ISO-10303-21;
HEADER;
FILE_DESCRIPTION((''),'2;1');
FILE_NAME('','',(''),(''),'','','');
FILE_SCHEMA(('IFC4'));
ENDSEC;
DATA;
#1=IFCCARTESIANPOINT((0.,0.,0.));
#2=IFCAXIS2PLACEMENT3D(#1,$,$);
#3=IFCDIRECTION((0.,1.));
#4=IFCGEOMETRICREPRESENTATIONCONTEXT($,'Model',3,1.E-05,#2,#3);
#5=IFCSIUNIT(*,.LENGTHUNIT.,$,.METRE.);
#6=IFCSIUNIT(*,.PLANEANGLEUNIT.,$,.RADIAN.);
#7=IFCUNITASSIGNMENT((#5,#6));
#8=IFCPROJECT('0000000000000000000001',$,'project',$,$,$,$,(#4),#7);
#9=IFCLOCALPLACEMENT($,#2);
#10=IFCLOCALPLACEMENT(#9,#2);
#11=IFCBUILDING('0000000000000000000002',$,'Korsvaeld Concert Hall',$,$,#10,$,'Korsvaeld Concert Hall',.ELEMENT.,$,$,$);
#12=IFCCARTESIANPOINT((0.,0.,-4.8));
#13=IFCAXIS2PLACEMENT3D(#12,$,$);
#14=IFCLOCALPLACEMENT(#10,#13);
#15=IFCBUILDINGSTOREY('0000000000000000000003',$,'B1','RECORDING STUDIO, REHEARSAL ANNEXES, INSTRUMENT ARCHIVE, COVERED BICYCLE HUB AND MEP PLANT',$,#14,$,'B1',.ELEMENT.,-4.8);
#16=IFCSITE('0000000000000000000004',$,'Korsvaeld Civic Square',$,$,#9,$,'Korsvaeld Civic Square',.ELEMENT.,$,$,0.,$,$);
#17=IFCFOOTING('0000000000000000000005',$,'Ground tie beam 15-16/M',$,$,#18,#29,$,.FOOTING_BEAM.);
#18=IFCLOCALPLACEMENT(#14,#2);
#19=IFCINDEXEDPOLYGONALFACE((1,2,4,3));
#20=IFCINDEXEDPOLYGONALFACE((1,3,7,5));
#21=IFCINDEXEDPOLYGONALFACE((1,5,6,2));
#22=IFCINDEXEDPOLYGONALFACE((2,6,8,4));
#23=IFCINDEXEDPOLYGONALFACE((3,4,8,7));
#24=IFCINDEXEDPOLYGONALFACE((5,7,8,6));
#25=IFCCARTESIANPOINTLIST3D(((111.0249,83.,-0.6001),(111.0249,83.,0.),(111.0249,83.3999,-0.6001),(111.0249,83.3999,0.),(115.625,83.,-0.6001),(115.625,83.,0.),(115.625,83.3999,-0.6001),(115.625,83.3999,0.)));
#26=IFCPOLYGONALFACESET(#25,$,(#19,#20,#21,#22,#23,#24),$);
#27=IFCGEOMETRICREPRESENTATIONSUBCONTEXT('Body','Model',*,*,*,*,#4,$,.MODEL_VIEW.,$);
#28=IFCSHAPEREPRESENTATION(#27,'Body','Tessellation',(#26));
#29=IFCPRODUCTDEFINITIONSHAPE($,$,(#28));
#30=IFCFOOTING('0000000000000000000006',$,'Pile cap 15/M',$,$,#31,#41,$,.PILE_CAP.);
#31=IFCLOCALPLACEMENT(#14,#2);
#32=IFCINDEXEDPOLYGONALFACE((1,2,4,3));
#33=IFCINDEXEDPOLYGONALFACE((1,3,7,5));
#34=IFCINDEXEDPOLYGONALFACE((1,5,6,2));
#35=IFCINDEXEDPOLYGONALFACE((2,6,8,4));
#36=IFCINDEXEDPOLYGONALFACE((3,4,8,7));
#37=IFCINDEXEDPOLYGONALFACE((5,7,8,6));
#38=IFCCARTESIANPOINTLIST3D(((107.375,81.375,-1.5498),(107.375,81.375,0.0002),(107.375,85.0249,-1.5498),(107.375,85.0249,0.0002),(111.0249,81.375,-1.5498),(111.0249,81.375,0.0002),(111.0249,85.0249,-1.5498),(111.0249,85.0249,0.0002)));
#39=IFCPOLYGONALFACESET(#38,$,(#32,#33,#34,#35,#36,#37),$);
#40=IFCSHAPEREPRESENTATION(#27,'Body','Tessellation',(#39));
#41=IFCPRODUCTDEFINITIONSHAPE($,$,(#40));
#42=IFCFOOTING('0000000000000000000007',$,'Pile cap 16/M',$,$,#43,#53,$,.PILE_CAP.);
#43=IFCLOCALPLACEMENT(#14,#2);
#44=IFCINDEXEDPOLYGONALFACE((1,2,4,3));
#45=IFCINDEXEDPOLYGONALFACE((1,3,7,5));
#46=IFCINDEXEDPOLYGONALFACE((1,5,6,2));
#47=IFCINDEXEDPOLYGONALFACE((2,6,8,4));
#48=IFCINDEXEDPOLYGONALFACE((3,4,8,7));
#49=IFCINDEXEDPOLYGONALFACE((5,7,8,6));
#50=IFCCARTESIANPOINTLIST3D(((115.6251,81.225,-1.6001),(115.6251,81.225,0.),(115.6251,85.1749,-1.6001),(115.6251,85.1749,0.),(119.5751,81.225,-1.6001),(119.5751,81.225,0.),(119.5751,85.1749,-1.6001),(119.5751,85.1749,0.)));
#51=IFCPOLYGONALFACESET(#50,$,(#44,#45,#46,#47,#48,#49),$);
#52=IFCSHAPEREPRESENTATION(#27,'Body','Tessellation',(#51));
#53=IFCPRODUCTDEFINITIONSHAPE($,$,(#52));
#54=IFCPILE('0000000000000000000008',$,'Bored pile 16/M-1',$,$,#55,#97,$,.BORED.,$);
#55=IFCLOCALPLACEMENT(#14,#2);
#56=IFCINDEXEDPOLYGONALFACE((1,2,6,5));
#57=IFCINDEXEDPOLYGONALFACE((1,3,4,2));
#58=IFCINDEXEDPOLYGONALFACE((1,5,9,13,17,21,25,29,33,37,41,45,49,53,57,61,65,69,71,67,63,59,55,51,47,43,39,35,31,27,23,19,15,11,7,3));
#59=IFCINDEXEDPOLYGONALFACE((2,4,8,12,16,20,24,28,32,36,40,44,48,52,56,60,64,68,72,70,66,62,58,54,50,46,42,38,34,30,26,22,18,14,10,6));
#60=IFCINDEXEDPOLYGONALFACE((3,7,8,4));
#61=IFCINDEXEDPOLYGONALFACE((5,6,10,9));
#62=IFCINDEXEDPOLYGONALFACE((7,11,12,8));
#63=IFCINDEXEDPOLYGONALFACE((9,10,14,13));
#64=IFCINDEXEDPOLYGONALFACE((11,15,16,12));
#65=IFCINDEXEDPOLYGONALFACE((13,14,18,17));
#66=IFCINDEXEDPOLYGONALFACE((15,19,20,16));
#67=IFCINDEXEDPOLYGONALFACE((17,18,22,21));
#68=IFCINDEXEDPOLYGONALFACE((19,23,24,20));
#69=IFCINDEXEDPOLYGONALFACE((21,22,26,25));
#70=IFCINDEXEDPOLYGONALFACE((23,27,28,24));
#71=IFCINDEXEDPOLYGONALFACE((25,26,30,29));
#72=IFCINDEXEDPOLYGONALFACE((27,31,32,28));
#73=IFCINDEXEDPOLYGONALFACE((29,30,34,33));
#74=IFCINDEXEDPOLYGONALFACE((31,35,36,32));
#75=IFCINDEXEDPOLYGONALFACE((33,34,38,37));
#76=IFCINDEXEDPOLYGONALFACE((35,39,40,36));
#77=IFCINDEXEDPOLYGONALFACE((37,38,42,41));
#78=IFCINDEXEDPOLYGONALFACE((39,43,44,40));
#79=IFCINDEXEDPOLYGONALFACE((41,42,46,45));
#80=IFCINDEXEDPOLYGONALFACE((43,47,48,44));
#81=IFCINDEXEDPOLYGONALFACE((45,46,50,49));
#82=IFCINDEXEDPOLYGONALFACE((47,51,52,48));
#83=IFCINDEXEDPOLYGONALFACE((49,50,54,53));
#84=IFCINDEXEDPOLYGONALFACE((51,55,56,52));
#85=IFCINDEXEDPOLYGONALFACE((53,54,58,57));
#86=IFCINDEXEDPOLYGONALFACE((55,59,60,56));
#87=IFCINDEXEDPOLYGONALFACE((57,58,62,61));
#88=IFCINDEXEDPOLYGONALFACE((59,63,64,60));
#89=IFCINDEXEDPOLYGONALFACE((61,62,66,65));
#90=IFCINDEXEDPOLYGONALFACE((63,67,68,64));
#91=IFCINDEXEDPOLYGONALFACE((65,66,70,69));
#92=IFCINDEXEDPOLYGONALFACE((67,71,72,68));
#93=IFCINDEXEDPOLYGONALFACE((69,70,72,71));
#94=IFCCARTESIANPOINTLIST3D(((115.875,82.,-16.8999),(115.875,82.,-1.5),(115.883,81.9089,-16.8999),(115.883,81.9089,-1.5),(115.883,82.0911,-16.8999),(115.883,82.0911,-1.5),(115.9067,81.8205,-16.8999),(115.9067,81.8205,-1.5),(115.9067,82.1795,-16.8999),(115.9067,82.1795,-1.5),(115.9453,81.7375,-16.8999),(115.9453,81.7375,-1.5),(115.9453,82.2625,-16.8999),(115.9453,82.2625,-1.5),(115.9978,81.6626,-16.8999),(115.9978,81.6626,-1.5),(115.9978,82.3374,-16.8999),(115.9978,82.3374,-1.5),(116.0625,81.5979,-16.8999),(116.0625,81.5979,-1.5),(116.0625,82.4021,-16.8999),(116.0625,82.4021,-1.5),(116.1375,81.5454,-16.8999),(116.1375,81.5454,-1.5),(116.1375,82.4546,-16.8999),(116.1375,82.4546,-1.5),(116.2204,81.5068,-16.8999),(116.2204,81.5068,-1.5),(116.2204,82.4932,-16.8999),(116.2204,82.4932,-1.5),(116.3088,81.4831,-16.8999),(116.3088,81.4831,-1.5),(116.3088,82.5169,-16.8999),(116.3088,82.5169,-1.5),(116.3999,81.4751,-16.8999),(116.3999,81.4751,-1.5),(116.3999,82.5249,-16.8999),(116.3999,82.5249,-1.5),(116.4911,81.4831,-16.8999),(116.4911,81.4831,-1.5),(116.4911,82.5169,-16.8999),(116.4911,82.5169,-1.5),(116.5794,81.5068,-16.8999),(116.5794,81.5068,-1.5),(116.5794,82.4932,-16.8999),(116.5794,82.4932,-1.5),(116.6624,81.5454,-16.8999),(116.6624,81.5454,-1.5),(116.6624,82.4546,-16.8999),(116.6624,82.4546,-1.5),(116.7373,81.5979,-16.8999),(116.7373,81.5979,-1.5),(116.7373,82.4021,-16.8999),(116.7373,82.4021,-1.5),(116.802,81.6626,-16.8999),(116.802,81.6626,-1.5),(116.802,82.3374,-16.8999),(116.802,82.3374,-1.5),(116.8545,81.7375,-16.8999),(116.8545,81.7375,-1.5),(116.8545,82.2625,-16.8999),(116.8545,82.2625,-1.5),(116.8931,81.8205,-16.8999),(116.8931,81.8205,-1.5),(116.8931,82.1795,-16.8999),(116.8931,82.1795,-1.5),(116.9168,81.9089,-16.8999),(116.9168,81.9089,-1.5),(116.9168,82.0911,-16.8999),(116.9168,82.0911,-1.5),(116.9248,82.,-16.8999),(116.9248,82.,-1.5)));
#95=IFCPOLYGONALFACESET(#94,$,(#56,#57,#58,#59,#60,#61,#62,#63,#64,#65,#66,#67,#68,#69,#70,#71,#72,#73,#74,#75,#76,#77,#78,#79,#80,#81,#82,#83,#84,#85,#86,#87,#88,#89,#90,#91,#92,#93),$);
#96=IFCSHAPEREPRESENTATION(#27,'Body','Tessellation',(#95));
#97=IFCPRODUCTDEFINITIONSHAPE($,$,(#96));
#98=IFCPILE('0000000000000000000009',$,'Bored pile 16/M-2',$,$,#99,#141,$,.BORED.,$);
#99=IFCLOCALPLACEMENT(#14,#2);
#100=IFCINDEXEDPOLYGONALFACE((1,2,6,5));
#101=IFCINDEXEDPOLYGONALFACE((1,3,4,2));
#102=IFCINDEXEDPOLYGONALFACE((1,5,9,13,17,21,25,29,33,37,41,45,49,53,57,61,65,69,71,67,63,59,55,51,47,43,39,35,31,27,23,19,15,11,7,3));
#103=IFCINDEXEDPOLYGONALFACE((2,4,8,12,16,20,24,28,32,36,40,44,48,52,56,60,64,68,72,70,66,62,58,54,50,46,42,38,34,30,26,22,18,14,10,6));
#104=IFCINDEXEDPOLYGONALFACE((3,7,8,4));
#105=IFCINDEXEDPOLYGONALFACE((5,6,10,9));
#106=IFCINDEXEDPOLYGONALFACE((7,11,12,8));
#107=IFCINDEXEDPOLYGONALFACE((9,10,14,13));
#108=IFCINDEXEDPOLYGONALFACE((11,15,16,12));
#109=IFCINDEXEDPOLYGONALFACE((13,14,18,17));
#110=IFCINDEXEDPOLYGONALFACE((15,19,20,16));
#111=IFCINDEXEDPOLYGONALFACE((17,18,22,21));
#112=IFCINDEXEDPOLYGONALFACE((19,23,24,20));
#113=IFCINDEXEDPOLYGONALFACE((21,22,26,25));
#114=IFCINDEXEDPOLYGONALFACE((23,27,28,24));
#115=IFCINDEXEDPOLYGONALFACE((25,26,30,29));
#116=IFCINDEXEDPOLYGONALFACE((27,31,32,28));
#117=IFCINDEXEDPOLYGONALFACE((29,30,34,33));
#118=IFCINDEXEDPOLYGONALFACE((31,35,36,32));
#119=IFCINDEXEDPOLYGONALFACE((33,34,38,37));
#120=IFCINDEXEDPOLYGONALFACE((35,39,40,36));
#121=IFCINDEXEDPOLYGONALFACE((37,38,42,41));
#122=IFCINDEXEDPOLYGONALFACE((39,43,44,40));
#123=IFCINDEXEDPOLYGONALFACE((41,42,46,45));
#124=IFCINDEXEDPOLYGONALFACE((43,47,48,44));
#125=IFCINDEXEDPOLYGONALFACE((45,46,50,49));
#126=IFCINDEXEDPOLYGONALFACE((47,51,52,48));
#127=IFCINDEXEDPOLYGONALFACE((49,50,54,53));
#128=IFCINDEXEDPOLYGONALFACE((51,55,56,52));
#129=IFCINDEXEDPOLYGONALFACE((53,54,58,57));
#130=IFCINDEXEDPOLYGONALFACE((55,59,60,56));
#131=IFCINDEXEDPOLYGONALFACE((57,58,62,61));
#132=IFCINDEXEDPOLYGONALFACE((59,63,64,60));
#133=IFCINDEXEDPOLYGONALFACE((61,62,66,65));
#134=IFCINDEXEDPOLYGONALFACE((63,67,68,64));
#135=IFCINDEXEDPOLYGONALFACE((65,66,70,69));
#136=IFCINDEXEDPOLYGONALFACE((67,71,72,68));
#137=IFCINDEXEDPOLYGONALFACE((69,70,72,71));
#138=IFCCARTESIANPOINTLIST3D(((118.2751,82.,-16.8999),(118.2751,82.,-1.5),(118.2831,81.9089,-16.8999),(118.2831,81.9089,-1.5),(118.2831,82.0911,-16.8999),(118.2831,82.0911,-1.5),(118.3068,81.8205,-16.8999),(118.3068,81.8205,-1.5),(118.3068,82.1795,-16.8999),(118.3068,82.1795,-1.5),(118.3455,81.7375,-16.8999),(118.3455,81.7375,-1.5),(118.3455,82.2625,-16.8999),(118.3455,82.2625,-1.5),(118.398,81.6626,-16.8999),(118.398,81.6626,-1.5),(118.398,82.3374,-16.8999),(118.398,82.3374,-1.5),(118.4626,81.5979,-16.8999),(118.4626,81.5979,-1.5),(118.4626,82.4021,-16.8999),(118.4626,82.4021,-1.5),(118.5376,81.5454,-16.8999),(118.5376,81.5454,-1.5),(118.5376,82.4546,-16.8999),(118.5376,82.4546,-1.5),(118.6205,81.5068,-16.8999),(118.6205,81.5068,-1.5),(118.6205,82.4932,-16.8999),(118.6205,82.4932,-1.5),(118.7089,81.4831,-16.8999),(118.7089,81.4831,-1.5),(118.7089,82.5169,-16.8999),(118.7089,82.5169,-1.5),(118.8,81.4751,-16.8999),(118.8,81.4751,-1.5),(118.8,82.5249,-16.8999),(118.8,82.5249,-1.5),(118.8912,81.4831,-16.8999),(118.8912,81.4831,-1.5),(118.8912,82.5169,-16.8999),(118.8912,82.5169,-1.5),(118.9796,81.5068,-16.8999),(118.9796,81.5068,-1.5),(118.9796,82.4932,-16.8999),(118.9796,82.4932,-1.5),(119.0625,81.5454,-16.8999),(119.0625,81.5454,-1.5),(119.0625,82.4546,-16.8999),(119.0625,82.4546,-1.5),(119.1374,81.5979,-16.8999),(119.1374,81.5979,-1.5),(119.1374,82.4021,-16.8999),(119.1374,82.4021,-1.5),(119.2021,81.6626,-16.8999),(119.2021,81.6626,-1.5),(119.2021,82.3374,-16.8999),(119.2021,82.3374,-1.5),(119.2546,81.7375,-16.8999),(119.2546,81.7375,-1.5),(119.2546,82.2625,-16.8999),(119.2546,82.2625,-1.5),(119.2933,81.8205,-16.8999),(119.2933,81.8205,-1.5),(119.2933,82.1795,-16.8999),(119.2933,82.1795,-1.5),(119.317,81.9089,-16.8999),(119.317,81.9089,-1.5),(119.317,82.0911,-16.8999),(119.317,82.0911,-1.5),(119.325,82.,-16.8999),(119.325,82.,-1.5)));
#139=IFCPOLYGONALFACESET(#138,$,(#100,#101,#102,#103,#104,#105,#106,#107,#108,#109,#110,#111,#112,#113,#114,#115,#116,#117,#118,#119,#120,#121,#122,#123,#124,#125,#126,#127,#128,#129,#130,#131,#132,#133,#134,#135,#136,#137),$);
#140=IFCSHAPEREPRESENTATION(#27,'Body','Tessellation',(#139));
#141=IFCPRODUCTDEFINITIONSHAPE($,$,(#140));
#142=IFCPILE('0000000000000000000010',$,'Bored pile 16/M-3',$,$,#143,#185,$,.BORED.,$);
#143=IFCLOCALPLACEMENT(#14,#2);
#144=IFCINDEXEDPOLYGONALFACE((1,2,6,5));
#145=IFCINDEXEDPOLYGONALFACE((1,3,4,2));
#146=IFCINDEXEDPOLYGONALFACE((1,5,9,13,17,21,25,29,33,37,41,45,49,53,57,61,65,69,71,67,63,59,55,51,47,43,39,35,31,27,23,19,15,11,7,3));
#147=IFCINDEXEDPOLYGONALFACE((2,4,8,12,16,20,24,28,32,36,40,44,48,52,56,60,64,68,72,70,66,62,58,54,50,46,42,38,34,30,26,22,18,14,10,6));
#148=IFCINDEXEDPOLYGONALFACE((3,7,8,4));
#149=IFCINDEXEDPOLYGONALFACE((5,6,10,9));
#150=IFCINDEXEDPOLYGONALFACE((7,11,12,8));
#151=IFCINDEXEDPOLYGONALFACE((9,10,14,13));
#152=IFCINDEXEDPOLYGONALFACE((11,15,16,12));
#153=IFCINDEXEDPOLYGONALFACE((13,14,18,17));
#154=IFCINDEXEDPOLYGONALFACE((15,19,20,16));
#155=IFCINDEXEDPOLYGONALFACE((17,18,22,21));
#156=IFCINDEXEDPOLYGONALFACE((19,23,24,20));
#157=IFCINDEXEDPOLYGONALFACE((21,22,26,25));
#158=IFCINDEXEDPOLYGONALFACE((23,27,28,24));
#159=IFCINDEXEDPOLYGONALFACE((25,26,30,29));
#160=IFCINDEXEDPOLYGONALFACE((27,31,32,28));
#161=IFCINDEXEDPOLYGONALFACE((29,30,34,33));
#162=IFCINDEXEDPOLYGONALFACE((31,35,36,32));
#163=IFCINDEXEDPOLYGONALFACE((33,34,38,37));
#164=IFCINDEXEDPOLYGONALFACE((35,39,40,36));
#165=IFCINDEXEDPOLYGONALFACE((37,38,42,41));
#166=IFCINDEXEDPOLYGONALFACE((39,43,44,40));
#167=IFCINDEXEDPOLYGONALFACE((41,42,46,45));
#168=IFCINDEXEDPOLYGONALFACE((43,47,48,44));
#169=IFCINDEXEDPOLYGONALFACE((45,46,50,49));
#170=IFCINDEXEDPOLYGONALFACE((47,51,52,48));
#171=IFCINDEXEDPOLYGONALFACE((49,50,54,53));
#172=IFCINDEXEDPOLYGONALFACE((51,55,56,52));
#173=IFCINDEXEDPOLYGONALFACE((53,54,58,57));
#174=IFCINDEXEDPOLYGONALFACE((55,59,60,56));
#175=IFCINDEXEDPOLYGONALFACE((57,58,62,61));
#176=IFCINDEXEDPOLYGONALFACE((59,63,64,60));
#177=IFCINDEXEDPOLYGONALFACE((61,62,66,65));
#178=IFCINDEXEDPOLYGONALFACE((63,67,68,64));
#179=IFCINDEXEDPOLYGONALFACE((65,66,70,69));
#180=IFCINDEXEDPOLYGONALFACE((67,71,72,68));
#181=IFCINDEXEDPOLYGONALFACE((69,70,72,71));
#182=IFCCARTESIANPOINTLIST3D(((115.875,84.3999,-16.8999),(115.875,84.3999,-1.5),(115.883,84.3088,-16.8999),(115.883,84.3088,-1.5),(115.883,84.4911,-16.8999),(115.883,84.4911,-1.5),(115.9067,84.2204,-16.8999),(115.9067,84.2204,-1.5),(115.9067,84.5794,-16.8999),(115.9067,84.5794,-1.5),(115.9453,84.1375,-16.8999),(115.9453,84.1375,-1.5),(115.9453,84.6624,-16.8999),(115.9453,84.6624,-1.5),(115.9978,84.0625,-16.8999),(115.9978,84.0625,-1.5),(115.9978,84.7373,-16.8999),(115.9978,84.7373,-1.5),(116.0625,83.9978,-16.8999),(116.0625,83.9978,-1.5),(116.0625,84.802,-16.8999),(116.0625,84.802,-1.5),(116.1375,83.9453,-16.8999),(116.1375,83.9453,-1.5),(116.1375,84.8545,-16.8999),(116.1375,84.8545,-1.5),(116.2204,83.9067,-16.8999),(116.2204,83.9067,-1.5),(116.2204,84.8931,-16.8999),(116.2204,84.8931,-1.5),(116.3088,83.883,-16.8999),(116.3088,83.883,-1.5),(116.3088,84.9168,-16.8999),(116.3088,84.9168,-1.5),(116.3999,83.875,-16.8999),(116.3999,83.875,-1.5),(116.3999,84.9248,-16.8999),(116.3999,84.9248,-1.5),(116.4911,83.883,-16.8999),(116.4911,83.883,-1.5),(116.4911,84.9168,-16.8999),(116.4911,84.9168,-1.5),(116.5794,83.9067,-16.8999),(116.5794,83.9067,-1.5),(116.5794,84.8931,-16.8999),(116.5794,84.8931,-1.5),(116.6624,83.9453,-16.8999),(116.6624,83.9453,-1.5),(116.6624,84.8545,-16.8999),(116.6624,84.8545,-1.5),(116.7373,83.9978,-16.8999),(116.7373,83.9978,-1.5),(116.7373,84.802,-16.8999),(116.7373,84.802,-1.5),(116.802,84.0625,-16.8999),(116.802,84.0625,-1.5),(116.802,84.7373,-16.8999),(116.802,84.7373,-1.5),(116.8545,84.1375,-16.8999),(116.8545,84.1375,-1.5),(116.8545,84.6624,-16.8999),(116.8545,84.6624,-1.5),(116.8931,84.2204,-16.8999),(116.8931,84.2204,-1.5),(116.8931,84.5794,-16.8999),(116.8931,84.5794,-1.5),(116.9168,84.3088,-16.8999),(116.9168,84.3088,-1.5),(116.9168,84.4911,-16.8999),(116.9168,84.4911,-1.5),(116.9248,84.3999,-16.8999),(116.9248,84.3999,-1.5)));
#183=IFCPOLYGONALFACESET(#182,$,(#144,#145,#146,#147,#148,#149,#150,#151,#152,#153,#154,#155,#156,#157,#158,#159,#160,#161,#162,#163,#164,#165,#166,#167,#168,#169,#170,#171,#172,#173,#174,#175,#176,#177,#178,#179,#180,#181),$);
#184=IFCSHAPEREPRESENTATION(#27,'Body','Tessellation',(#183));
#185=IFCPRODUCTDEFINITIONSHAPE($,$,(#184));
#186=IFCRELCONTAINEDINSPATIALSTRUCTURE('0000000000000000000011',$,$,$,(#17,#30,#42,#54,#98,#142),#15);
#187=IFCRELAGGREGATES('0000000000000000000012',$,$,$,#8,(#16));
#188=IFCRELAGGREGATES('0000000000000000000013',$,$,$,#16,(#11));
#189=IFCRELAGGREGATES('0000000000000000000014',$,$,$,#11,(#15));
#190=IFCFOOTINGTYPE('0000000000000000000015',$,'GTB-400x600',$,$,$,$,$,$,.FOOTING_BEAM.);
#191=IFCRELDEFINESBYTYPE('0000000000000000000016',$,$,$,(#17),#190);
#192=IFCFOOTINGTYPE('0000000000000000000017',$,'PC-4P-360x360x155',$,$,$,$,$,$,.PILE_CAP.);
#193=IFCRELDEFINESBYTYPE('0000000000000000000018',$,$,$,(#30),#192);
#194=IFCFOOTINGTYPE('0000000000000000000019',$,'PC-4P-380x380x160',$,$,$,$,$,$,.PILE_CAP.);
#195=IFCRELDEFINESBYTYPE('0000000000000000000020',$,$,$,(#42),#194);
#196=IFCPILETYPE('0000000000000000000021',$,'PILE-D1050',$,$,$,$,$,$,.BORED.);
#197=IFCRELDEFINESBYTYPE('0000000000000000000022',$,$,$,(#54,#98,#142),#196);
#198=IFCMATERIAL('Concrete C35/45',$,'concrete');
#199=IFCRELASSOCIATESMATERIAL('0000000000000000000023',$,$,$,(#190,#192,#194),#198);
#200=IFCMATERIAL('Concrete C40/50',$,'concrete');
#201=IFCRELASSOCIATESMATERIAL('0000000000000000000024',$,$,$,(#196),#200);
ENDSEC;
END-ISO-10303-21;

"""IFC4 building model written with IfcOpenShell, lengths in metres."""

from ifc_helpers import new_model, si_unit, direction, frame, origin, origin_2d, place, context, subcontext, project, spatial, rectangle, circle, extrude, material, material_profile, profile_set, type_object, element, save


model = new_model("IFC4")

# Units and contexts
model_context = context("Model", 3, precision=1e-05, world=origin(), true_north=direction((0.0, 1.0)))
body_context = subcontext(model_context, "Body", "Model", "MODEL_VIEW")
ifc_project = project(units=[si_unit("LENGTHUNIT", "METRE"), si_unit("PLANEANGLEUNIT", "RADIAN")], contexts=[model_context])

# Site, building, storey
site_placement = place(None, origin())
site = spatial("IfcSite", under=ifc_project, at=site_placement, Name="Korsvaeld Civic Square", LongName="Korsvaeld Civic Square", CompositionType="ELEMENT", RefElevation=0.0)
building_placement = place(site_placement, origin())
building = spatial("IfcBuilding", under=site, at=building_placement, Name="Korsvaeld Concert Hall", LongName="Korsvaeld Concert Hall", CompositionType="ELEMENT")
storey_placement = place(building_placement, frame((0.0, 0.0, -4.8)))
storey = spatial("IfcBuildingStorey", under=building, at=storey_placement, Name="B1", Description="RECORDING STUDIO, REHEARSAL ANNEXES, INSTRUMENT ARCHIVE, COVERED BICYCLE HUB AND MEP PLANT", LongName="B1", CompositionType="ELEMENT", Elevation=-4.8)

# Footings
ifc_material_1 = material(Name="Concrete C35/45", Category="concrete")
ifc_material_profile_1 = material_profile(ifc_material_1, rectangle(XDim=0.3999, YDim=0.6001, at=origin_2d()), Name="GTB 400x600")
ifc_profile_set_1 = profile_set([ifc_material_profile_1], Name="Concrete C35/45")
footing_type_1 = type_object("IfcFootingType", Name="GTB-400x600", PredefinedType="FOOTING_BEAM", material=ifc_profile_set_1)
footing_1_placement = place(storey_placement, frame((111.0249, 83.2, -0.3), z_axis=(1.0, 0.0, 0.0), x_axis=(0.0, 1.0, 0.0)))
element("IfcFooting", 1, at=footing_1_placement, inside=storey, type_object=footing_type_1, Name="Ground tie beam 15-16/M", PredefinedType="FOOTING_BEAM", context=body_context, shape_type="SweptSolid", body=[
    extrude(rectangle(XDim=0.3999, YDim=0.6001, at=origin_2d()), origin(), (0.0, 0.0, 1.0), 4.6001),
])
footing_type_2 = type_object("IfcFootingType", Name="PC-4P-360x360x155", PredefinedType="PILE_CAP", material=ifc_material_1)
footing_2_placement = place(storey_placement, frame((109.2, 83.2, -1.5498), z_axis=(0.0, 0.0, 1.0), x_axis=(1.0, 0.0, 0.0)))
element("IfcFooting", 2, at=footing_2_placement, inside=storey, type_object=footing_type_2, Name="Pile cap 15/M", PredefinedType="PILE_CAP", context=body_context, shape_type="SweptSolid", body=[
    extrude(rectangle(XDim=3.6499, YDim=3.6499, at=origin_2d()), origin(), (0.0, 0.0, 1.0), 1.55),
])
footing_type_3 = type_object("IfcFootingType", Name="PC-4P-380x380x160", PredefinedType="PILE_CAP", material=ifc_material_1)
footing_3_placement = place(storey_placement, frame((117.6001, 83.2, -1.6001), z_axis=(0.0, 0.0, 1.0), x_axis=(1.0, 0.0, 0.0)))
element("IfcFooting", 3, at=footing_3_placement, inside=storey, type_object=footing_type_3, Name="Pile cap 16/M", PredefinedType="PILE_CAP", context=body_context, shape_type="SweptSolid", body=[
    extrude(rectangle(XDim=3.95, YDim=3.95, at=origin_2d()), origin(), (0.0, 0.0, 1.0), 1.6001),
])

# Piles
ifc_material_2 = material(Name="Concrete C40/50", Category="concrete")
ifc_material_profile_2 = material_profile(ifc_material_2, circle(Radius=0.5249, at=origin_2d()), Name="BORED PILE D1050")
ifc_profile_set_2 = profile_set([ifc_material_profile_2], Name="Concrete C40/50")
pile_type_1 = type_object("IfcPileType", Name="PILE-D1050", PredefinedType="BORED", material=ifc_profile_set_2)
for number, where, z_axis, x_axis, name in (
    (4, (116.3999, 82.0, -1.5), (0.0, 0.0, -1.0), (1.0, 0.0, 0.0), "Bored pile 16/M-1"),
    (5, (118.8, 82.0, -1.5), (0.0, 0.0, -1.0), (1.0, 0.0, 0.0), "Bored pile 16/M-2"),
    (6, (116.3999, 84.3999, -1.5), (0.0, 0.0, -1.0), (1.0, 0.0, 0.0), "Bored pile 16/M-3"),
):
    element("IfcPile", number, at=place(storey_placement, frame(where, z_axis=z_axis, x_axis=x_axis)), inside=storey, type_object=pile_type_1, Name=name, PredefinedType="BORED", context=body_context, shape_type="SweptSolid", body=[
        extrude(circle(Radius=0.5249, at=origin_2d()), origin(), (0.0, 0.0, 1.0), 15.3999),
    ])

save(model, "model.ifc")
